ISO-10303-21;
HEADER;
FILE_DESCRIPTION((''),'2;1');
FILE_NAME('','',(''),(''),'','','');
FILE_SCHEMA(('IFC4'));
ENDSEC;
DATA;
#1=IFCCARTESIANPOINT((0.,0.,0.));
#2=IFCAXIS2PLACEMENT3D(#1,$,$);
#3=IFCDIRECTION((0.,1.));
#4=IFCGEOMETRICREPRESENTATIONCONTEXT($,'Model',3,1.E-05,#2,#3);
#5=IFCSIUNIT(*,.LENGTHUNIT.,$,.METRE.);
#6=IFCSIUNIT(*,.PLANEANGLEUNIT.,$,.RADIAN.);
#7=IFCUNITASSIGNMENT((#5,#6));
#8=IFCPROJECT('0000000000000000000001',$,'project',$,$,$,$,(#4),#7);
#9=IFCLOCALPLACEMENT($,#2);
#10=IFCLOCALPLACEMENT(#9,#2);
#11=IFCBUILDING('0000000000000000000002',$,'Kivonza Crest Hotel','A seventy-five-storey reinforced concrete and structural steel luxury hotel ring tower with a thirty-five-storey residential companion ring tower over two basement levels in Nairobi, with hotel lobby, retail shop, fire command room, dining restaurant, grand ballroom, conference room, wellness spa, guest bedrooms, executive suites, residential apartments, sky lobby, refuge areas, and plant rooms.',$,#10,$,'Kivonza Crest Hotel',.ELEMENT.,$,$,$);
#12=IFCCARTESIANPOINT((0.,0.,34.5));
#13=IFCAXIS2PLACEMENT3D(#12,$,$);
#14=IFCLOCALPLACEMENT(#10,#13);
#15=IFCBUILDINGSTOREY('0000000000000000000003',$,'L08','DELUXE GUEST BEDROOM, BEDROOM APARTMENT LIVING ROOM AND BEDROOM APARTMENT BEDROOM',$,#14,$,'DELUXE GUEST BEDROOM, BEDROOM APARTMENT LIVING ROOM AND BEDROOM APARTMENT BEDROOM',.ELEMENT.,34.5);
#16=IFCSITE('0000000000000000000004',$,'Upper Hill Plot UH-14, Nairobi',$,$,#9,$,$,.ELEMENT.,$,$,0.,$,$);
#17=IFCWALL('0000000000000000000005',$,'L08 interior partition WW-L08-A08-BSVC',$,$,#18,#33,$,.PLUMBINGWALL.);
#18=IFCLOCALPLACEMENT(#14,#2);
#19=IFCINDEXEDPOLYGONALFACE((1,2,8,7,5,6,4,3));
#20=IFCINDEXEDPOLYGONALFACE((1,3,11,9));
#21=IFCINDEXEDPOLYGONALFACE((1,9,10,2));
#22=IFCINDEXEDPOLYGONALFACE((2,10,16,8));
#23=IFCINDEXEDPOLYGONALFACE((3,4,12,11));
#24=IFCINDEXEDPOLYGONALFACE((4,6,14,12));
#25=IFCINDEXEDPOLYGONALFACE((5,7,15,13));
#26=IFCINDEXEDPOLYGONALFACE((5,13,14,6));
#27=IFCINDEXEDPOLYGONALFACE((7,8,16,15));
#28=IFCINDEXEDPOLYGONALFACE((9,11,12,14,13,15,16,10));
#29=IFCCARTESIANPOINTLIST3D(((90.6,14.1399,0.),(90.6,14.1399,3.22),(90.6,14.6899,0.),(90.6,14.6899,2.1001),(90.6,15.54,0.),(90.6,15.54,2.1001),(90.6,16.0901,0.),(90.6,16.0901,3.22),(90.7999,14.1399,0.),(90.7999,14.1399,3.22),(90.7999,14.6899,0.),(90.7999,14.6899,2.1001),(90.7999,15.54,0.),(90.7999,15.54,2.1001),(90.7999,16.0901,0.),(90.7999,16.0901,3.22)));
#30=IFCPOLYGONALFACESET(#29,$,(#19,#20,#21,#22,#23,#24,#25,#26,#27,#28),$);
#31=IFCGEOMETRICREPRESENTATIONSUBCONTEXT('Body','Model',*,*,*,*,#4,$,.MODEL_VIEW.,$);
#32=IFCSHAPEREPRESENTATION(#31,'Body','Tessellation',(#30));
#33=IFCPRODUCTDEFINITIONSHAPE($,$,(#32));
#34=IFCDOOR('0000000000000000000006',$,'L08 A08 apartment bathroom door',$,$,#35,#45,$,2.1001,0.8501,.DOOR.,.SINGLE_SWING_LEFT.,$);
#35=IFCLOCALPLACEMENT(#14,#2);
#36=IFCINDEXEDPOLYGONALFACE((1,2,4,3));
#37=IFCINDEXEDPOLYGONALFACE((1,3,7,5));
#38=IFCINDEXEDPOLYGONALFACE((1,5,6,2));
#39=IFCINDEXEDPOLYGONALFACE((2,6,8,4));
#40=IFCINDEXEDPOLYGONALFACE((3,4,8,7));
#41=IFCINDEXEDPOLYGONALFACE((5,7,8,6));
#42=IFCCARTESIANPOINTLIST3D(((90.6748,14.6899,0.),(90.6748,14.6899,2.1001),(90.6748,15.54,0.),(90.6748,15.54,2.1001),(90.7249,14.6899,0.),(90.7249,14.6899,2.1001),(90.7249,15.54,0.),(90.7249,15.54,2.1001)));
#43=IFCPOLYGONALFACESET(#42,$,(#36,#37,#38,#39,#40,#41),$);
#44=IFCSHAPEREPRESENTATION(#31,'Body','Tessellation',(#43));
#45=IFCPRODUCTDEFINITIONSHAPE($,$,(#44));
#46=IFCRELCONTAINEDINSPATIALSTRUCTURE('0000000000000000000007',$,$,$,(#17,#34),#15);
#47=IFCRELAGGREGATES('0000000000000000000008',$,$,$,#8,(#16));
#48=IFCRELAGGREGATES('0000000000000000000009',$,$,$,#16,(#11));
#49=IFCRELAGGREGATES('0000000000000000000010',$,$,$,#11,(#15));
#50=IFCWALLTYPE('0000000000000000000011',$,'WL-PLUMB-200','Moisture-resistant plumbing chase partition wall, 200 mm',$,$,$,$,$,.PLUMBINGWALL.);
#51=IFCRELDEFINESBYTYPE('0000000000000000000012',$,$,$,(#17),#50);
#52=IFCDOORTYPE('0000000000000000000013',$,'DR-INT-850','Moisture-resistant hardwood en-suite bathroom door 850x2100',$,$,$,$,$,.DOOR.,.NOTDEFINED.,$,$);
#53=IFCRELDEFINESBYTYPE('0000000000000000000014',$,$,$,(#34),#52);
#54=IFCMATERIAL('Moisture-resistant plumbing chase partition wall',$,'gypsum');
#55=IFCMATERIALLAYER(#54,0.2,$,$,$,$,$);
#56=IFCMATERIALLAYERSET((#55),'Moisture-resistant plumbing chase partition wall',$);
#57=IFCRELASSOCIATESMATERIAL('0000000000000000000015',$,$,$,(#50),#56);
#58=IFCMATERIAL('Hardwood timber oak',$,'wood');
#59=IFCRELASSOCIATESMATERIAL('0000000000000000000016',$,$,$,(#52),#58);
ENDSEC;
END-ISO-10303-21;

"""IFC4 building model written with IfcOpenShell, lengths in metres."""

from ifc_helpers import new_model, si_unit, direction, frame, frame_2d, origin, place, context, subcontext, project, spatial, rectangle, extrude, material, layer, layer_set, type_object, element, fill, save


model = new_model("IFC4")

# Units and contexts
model_context = context("Model", 3, precision=1e-05, world=origin(), true_north=direction((0.0, 1.0)))
body_context = subcontext(model_context, "Body", "Model", "MODEL_VIEW")
ifc_project = project(units=[si_unit("LENGTHUNIT", "METRE"), si_unit("PLANEANGLEUNIT", "RADIAN")], contexts=[model_context])

# Site, building, storey
site_placement = place(None, origin())
site = spatial("IfcSite", under=ifc_project, at=site_placement, Name="Upper Hill Plot UH-14, Nairobi", CompositionType="ELEMENT", RefElevation=0.0)
building_placement = place(site_placement, origin())
building = spatial("IfcBuilding", under=site, at=building_placement, Name="Kivonza Crest Hotel", Description="A seventy-five-storey reinforced concrete and structural steel luxury hotel ring tower with a thirty-five-storey residential companion ring tower over two basement levels in Nairobi, with hotel lobby, retail shop, fire command room, dining restaurant, grand ballroom, conference room, wellness spa, guest bedrooms, executive suites, residential apartments, sky lobby, refuge areas, and plant rooms.", LongName="Kivonza Crest Hotel", CompositionType="ELEMENT")
storey_placement = place(building_placement, frame((0.0, 0.0, 34.5)))
storey = spatial("IfcBuildingStorey", under=building, at=storey_placement, Name="L08", Description="DELUXE GUEST BEDROOM, BEDROOM APARTMENT LIVING ROOM AND BEDROOM APARTMENT BEDROOM", LongName="DELUXE GUEST BEDROOM, BEDROOM APARTMENT LIVING ROOM AND BEDROOM APARTMENT BEDROOM", CompositionType="ELEMENT", Elevation=34.5)

# Shared definitions
ifc_material_1 = material(Name="Hardwood timber oak", Category="wood")

# Shared definitions
ifc_material_2 = material(Name="Moisture-resistant plumbing chase partition wall", Category="gypsum")
ifc_layer_1 = layer(ifc_material_2, 0.2)
ifc_layer_set_1 = layer_set([ifc_layer_1], Name="Moisture-resistant plumbing chase partition wall")
wall_type_1 = type_object("IfcWallType", Name="WL-PLUMB-200", Description="Moisture-resistant plumbing chase partition wall, 200 mm", PredefinedType="PLUMBINGWALL", material=ifc_layer_set_1)

# Wall, opening, door
wall_1_placement = place(storey_placement, frame((90.7, 14.1399, 0.0), z_axis=(0.0, 0.0, 1.0), x_axis=(0.0, 1.0, 0.0)))
wall_1 = element("IfcWall", 1, at=wall_1_placement, inside=storey, type_object=wall_type_1, Name="L08 interior partition WW-L08-A08-BSVC", PredefinedType="PLUMBINGWALL", context=body_context, shape_type="SweptSolid", body=[
    extrude(rectangle(XDim=1.9502, YDim=0.2, at=frame_2d((0.9751, 0.0))), origin(), (0.0, 0.0, 1.0), 3.22),
])
opening_1_placement = place(wall_1_placement, frame((0.55, 0.0, 0.0)))
opening_1 = element("IfcOpeningElement", 2, at=opening_1_placement, cuts=wall_1, PredefinedType="OPENING", context=body_context, shape_type="SweptSolid", body=[
    extrude(rectangle(XDim=0.8501, YDim=2.1001, at=frame_2d((0.425, 1.05))), frame((0.0, 0.1099, 0.0), z_axis=(0.0, -1.0, 0.0), x_axis=(1.0, 0.0, 0.0)), (0.0, 0.0, 1.0), 0.22),
])
door_type_1 = type_object("IfcDoorType", Name="DR-INT-850", Description="Moisture-resistant hardwood en-suite bathroom door 850x2100", OperationType="NOTDEFINED", PredefinedType="DOOR", material=ifc_material_1)
door_1_placement = place(opening_1_placement, frame((0.8501, 0.0, 0.0), z_axis=(0.0, 0.0, 1.0), x_axis=(-1.0, 0.0, 0.0)))
door_1 = element("IfcDoor", 3, at=door_1_placement, inside=storey, type_object=door_type_1, Name="L08 A08 apartment bathroom door", OperationType="SINGLE_SWING_LEFT", OverallHeight=2.1001, OverallWidth=0.8501, PredefinedType="DOOR", context=body_context, shape_type="SweptSolid", body=[
    extrude(rectangle(XDim=0.8501, YDim=2.1001, at=frame_2d((0.425, 1.05))), frame((0.0, 0.0249, 0.0), z_axis=(0.0, -1.0, 0.0), x_axis=(1.0, 0.0, 0.0)), (0.0, 0.0, 1.0), 0.05),
])
fill(opening_1, door_1)

save(model, "model.ifc")
